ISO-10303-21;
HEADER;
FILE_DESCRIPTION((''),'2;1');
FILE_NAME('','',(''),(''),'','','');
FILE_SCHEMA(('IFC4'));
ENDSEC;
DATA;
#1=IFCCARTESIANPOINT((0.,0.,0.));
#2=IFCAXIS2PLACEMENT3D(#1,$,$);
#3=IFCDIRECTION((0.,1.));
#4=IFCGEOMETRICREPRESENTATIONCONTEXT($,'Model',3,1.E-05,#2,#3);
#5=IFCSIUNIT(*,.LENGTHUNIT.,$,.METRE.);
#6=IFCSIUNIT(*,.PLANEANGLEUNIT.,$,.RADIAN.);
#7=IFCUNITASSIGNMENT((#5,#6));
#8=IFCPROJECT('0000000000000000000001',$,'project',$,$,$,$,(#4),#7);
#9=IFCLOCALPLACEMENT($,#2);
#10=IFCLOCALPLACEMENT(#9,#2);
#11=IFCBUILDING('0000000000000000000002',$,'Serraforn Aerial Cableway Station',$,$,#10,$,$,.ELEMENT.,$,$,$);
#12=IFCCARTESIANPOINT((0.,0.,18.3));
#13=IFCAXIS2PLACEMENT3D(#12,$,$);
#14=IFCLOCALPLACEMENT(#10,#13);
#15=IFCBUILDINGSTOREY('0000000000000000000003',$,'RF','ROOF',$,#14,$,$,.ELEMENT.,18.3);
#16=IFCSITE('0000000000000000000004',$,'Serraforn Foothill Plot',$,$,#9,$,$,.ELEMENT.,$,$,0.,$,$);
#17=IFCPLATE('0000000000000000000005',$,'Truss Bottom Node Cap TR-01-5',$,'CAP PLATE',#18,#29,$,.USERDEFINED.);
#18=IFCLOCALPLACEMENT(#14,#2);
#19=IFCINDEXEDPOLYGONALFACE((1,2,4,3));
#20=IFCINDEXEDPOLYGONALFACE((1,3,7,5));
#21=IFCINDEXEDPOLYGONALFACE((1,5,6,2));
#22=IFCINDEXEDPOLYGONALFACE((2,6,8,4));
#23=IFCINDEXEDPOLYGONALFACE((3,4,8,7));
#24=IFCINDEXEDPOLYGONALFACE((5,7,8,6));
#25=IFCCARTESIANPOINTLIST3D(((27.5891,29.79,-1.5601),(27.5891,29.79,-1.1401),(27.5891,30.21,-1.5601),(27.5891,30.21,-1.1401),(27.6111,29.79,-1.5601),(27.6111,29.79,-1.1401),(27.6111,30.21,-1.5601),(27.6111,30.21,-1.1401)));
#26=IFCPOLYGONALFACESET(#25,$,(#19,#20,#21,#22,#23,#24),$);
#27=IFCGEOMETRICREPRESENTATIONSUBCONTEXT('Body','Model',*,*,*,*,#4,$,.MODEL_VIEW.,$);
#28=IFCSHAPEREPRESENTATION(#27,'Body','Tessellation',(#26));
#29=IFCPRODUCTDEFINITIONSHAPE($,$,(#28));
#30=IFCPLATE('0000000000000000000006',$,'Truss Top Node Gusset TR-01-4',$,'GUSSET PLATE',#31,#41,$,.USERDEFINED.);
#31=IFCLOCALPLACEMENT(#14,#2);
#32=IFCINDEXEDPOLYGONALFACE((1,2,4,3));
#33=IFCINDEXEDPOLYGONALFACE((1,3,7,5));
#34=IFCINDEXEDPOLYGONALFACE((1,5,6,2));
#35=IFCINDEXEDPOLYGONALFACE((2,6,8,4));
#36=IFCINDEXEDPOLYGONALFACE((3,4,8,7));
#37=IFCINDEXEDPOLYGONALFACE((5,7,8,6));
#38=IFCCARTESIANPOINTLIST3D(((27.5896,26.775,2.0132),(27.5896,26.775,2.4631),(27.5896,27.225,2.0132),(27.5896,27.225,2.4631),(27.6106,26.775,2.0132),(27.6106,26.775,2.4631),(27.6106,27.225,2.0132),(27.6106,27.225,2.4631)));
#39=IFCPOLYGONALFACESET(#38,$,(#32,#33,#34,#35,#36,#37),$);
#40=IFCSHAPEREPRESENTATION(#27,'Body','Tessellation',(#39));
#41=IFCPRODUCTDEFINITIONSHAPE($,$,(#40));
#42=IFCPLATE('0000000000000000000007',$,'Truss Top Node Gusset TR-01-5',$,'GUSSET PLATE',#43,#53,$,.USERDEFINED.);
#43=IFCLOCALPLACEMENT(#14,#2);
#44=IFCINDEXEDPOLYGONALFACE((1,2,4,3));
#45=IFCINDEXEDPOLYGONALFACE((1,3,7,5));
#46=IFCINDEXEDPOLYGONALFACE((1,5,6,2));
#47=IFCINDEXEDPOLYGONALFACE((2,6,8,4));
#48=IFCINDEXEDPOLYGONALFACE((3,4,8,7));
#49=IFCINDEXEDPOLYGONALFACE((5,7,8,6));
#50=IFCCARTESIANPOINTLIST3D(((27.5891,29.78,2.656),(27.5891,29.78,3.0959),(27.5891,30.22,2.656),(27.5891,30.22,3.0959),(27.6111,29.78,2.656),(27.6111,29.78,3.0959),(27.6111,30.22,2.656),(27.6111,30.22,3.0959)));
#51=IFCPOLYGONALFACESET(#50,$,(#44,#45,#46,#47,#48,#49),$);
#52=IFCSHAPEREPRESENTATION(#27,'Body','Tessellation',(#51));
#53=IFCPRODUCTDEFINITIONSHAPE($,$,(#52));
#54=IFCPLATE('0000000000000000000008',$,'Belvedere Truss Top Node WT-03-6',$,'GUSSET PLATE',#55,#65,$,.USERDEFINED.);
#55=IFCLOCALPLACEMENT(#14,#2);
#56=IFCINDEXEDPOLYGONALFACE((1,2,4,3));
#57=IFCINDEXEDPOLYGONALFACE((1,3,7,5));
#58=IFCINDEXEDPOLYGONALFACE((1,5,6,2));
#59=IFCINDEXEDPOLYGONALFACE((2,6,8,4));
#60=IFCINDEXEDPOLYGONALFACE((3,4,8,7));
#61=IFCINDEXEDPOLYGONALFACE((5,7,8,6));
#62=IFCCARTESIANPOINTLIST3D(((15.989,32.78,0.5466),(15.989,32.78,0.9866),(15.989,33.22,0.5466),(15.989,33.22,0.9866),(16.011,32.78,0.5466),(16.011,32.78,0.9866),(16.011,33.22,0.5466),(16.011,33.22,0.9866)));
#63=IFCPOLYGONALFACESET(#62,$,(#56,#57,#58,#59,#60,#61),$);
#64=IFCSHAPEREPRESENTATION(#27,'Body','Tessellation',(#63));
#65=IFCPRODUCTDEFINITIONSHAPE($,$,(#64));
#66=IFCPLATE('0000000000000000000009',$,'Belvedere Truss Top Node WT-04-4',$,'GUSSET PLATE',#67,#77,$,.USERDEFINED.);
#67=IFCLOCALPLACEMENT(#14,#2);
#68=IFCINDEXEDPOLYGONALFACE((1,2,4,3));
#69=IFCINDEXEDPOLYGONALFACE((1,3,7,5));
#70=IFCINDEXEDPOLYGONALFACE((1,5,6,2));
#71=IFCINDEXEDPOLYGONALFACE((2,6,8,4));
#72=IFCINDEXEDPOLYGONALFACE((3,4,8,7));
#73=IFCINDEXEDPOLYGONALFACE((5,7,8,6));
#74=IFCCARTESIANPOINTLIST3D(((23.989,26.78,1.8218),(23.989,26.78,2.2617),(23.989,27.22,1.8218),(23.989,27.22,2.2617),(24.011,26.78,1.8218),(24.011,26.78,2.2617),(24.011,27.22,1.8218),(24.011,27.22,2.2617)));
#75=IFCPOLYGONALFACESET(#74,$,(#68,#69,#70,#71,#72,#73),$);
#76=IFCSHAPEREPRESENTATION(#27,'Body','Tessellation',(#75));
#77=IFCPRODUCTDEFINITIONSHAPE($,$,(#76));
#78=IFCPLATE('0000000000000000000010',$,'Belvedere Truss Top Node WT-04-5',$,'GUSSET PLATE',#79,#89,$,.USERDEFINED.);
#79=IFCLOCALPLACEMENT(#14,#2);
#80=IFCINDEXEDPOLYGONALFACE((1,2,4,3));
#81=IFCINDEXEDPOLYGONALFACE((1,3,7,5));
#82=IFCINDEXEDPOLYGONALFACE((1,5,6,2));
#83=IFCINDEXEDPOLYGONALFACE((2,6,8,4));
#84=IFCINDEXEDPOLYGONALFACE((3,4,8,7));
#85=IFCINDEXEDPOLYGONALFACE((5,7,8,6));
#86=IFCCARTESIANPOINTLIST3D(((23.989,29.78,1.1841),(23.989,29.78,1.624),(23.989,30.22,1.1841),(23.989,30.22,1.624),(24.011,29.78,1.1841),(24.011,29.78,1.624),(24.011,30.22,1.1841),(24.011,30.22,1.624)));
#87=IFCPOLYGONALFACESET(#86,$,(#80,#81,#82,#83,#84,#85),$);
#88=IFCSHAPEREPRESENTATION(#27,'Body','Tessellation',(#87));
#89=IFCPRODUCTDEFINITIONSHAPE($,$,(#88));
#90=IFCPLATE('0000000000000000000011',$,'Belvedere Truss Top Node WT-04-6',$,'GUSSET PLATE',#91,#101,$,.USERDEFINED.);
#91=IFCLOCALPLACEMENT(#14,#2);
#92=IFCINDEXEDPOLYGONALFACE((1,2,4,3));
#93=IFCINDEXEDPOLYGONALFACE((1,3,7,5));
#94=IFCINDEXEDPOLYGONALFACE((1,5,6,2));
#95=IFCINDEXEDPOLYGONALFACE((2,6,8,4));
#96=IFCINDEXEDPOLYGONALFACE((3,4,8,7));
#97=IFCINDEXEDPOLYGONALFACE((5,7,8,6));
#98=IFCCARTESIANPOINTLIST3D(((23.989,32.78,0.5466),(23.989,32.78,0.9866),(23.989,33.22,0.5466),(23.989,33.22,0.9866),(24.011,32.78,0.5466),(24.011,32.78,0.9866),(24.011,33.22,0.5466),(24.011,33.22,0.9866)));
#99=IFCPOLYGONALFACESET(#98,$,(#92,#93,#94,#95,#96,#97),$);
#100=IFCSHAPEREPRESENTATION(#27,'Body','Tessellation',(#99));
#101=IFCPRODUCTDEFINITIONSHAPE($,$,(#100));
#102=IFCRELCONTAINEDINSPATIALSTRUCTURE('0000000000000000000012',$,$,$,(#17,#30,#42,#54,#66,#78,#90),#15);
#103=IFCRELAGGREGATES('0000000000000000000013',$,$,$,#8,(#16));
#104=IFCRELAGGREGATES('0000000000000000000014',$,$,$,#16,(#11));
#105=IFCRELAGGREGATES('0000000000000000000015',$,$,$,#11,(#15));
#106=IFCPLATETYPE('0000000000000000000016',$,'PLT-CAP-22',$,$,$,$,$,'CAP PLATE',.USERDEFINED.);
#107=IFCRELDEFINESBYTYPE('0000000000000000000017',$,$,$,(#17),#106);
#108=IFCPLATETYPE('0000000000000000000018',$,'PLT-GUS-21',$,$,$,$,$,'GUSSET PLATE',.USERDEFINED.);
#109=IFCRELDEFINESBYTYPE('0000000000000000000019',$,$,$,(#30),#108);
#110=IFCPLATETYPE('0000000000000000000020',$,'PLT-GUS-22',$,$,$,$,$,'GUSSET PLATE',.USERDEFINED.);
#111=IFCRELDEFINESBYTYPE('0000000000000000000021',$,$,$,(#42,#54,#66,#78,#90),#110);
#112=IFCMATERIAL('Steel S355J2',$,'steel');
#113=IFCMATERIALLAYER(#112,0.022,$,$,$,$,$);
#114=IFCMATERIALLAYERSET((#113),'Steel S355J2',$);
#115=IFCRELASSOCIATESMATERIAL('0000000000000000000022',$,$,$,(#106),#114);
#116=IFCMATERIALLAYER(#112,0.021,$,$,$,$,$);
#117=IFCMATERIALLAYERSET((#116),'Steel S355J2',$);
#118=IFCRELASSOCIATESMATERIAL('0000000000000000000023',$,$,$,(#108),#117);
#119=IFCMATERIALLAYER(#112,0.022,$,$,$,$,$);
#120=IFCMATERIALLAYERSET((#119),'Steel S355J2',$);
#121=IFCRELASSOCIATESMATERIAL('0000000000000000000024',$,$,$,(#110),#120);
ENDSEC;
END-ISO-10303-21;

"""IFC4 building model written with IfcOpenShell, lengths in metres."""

from ifc_helpers import new_model, si_unit, direction, frame, origin, origin_2d, place, context, subcontext, project, spatial, rectangle, extrude, material, layer, layer_set, type_object, element, save


model = new_model("IFC4")

# Units and contexts
model_context = context("Model", 3, precision=1e-05, world=origin(), true_north=direction((0.0, 1.0)))
body_context = subcontext(model_context, "Body", "Model", "MODEL_VIEW")
ifc_project = project(units=[si_unit("LENGTHUNIT", "METRE"), si_unit("PLANEANGLEUNIT", "RADIAN")], contexts=[model_context])

# Site, building, storey
site_placement = place(None, origin())
site = spatial("IfcSite", under=ifc_project, at=site_placement, Name="Serraforn Foothill Plot", CompositionType="ELEMENT", RefElevation=0.0)
building_placement = place(site_placement, origin())
building = spatial("IfcBuilding", under=site, at=building_placement, Name="Serraforn Aerial Cableway Station", CompositionType="ELEMENT")
storey_placement = place(building_placement, frame((0.0, 0.0, 18.3)))
storey = spatial("IfcBuildingStorey", under=building, at=storey_placement, Name="RF", Description="ROOF", CompositionType="ELEMENT", Elevation=18.3)

# Shared definitions
ifc_material_1 = material(Name="Steel S355J2", Category="steel")

# Plates
ifc_layer_1 = layer(ifc_material_1, 0.022)
ifc_layer_set_1 = layer_set([ifc_layer_1], Name="Steel S355J2")
plate_type_1 = type_object("IfcPlateType", Name="PLT-CAP-22", ElementType="CAP PLATE", PredefinedType="USERDEFINED", material=ifc_layer_set_1)
plate_1_placement = place(storey_placement, frame((27.6001, 30.0, -1.5601), z_axis=(0.0, 0.0, 1.0), x_axis=(1.0, 0.0, 0.0)))
element("IfcPlate", 1, at=plate_1_placement, inside=storey, type_object=plate_type_1, Name="Truss Bottom Node Cap TR-01-5", ObjectType="CAP PLATE", PredefinedType="USERDEFINED", context=body_context, shape_type="SweptSolid", body=[
    extrude(rectangle(XDim=0.022, YDim=0.4199, at=origin_2d()), origin(), (0.0, 0.0, 1.0), 0.4199),
])
ifc_layer_2 = layer(ifc_material_1, 0.021)
ifc_layer_set_2 = layer_set([ifc_layer_2], Name="Steel S355J2")
plate_type_2 = type_object("IfcPlateType", Name="PLT-GUS-21", ElementType="GUSSET PLATE", PredefinedType="USERDEFINED", material=ifc_layer_set_2)
plate_2_placement = place(storey_placement, frame((27.6001, 27.0, 2.0132), z_axis=(0.0, 0.0, 1.0), x_axis=(1.0, 0.0, 0.0)))
element("IfcPlate", 2, at=plate_2_placement, inside=storey, type_object=plate_type_2, Name="Truss Top Node Gusset TR-01-4", ObjectType="GUSSET PLATE", PredefinedType="USERDEFINED", context=body_context, shape_type="SweptSolid", body=[
    extrude(rectangle(XDim=0.021, YDim=0.45, at=origin_2d()), origin(), (0.0, 0.0, 1.0), 0.45),
])
ifc_layer_3 = layer(ifc_material_1, 0.022)
ifc_layer_set_3 = layer_set([ifc_layer_3], Name="Steel S355J2")
plate_type_3 = type_object("IfcPlateType", Name="PLT-GUS-22", ElementType="GUSSET PLATE", PredefinedType="USERDEFINED", material=ifc_layer_set_3)
for number, where, z_axis, x_axis, name in (
    (3, (27.6001, 30.0, 2.656), (0.0, 0.0, 1.0), (1.0, 0.0, 0.0), "Truss Top Node Gusset TR-01-5"),
    (4, (16.0, 33.0, 0.5466), (0.0, 0.0, 1.0), (1.0, 0.0, 0.0), "Belvedere Truss Top Node WT-03-6"),
    (5, (24.0, 27.0, 1.8218), (0.0, 0.0, 1.0), (1.0, 0.0, 0.0), "Belvedere Truss Top Node WT-04-4"),
    (6, (24.0, 30.0, 1.1841), (0.0, 0.0, 1.0), (1.0, 0.0, 0.0), "Belvedere Truss Top Node WT-04-5"),
    (7, (24.0, 33.0, 0.5466), (0.0, 0.0, 1.0), (1.0, 0.0, 0.0), "Belvedere Truss Top Node WT-04-6"),
):
    element("IfcPlate", number, at=place(storey_placement, frame(where, z_axis=z_axis, x_axis=x_axis)), inside=storey, type_object=plate_type_3, Name=name, ObjectType="GUSSET PLATE", PredefinedType="USERDEFINED", context=body_context, shape_type="SweptSolid", body=[
        extrude(rectangle(XDim=0.022, YDim=0.4399, at=origin_2d()), origin(), (0.0, 0.0, 1.0), 0.4399),
    ])

save(model, "model.ifc")
